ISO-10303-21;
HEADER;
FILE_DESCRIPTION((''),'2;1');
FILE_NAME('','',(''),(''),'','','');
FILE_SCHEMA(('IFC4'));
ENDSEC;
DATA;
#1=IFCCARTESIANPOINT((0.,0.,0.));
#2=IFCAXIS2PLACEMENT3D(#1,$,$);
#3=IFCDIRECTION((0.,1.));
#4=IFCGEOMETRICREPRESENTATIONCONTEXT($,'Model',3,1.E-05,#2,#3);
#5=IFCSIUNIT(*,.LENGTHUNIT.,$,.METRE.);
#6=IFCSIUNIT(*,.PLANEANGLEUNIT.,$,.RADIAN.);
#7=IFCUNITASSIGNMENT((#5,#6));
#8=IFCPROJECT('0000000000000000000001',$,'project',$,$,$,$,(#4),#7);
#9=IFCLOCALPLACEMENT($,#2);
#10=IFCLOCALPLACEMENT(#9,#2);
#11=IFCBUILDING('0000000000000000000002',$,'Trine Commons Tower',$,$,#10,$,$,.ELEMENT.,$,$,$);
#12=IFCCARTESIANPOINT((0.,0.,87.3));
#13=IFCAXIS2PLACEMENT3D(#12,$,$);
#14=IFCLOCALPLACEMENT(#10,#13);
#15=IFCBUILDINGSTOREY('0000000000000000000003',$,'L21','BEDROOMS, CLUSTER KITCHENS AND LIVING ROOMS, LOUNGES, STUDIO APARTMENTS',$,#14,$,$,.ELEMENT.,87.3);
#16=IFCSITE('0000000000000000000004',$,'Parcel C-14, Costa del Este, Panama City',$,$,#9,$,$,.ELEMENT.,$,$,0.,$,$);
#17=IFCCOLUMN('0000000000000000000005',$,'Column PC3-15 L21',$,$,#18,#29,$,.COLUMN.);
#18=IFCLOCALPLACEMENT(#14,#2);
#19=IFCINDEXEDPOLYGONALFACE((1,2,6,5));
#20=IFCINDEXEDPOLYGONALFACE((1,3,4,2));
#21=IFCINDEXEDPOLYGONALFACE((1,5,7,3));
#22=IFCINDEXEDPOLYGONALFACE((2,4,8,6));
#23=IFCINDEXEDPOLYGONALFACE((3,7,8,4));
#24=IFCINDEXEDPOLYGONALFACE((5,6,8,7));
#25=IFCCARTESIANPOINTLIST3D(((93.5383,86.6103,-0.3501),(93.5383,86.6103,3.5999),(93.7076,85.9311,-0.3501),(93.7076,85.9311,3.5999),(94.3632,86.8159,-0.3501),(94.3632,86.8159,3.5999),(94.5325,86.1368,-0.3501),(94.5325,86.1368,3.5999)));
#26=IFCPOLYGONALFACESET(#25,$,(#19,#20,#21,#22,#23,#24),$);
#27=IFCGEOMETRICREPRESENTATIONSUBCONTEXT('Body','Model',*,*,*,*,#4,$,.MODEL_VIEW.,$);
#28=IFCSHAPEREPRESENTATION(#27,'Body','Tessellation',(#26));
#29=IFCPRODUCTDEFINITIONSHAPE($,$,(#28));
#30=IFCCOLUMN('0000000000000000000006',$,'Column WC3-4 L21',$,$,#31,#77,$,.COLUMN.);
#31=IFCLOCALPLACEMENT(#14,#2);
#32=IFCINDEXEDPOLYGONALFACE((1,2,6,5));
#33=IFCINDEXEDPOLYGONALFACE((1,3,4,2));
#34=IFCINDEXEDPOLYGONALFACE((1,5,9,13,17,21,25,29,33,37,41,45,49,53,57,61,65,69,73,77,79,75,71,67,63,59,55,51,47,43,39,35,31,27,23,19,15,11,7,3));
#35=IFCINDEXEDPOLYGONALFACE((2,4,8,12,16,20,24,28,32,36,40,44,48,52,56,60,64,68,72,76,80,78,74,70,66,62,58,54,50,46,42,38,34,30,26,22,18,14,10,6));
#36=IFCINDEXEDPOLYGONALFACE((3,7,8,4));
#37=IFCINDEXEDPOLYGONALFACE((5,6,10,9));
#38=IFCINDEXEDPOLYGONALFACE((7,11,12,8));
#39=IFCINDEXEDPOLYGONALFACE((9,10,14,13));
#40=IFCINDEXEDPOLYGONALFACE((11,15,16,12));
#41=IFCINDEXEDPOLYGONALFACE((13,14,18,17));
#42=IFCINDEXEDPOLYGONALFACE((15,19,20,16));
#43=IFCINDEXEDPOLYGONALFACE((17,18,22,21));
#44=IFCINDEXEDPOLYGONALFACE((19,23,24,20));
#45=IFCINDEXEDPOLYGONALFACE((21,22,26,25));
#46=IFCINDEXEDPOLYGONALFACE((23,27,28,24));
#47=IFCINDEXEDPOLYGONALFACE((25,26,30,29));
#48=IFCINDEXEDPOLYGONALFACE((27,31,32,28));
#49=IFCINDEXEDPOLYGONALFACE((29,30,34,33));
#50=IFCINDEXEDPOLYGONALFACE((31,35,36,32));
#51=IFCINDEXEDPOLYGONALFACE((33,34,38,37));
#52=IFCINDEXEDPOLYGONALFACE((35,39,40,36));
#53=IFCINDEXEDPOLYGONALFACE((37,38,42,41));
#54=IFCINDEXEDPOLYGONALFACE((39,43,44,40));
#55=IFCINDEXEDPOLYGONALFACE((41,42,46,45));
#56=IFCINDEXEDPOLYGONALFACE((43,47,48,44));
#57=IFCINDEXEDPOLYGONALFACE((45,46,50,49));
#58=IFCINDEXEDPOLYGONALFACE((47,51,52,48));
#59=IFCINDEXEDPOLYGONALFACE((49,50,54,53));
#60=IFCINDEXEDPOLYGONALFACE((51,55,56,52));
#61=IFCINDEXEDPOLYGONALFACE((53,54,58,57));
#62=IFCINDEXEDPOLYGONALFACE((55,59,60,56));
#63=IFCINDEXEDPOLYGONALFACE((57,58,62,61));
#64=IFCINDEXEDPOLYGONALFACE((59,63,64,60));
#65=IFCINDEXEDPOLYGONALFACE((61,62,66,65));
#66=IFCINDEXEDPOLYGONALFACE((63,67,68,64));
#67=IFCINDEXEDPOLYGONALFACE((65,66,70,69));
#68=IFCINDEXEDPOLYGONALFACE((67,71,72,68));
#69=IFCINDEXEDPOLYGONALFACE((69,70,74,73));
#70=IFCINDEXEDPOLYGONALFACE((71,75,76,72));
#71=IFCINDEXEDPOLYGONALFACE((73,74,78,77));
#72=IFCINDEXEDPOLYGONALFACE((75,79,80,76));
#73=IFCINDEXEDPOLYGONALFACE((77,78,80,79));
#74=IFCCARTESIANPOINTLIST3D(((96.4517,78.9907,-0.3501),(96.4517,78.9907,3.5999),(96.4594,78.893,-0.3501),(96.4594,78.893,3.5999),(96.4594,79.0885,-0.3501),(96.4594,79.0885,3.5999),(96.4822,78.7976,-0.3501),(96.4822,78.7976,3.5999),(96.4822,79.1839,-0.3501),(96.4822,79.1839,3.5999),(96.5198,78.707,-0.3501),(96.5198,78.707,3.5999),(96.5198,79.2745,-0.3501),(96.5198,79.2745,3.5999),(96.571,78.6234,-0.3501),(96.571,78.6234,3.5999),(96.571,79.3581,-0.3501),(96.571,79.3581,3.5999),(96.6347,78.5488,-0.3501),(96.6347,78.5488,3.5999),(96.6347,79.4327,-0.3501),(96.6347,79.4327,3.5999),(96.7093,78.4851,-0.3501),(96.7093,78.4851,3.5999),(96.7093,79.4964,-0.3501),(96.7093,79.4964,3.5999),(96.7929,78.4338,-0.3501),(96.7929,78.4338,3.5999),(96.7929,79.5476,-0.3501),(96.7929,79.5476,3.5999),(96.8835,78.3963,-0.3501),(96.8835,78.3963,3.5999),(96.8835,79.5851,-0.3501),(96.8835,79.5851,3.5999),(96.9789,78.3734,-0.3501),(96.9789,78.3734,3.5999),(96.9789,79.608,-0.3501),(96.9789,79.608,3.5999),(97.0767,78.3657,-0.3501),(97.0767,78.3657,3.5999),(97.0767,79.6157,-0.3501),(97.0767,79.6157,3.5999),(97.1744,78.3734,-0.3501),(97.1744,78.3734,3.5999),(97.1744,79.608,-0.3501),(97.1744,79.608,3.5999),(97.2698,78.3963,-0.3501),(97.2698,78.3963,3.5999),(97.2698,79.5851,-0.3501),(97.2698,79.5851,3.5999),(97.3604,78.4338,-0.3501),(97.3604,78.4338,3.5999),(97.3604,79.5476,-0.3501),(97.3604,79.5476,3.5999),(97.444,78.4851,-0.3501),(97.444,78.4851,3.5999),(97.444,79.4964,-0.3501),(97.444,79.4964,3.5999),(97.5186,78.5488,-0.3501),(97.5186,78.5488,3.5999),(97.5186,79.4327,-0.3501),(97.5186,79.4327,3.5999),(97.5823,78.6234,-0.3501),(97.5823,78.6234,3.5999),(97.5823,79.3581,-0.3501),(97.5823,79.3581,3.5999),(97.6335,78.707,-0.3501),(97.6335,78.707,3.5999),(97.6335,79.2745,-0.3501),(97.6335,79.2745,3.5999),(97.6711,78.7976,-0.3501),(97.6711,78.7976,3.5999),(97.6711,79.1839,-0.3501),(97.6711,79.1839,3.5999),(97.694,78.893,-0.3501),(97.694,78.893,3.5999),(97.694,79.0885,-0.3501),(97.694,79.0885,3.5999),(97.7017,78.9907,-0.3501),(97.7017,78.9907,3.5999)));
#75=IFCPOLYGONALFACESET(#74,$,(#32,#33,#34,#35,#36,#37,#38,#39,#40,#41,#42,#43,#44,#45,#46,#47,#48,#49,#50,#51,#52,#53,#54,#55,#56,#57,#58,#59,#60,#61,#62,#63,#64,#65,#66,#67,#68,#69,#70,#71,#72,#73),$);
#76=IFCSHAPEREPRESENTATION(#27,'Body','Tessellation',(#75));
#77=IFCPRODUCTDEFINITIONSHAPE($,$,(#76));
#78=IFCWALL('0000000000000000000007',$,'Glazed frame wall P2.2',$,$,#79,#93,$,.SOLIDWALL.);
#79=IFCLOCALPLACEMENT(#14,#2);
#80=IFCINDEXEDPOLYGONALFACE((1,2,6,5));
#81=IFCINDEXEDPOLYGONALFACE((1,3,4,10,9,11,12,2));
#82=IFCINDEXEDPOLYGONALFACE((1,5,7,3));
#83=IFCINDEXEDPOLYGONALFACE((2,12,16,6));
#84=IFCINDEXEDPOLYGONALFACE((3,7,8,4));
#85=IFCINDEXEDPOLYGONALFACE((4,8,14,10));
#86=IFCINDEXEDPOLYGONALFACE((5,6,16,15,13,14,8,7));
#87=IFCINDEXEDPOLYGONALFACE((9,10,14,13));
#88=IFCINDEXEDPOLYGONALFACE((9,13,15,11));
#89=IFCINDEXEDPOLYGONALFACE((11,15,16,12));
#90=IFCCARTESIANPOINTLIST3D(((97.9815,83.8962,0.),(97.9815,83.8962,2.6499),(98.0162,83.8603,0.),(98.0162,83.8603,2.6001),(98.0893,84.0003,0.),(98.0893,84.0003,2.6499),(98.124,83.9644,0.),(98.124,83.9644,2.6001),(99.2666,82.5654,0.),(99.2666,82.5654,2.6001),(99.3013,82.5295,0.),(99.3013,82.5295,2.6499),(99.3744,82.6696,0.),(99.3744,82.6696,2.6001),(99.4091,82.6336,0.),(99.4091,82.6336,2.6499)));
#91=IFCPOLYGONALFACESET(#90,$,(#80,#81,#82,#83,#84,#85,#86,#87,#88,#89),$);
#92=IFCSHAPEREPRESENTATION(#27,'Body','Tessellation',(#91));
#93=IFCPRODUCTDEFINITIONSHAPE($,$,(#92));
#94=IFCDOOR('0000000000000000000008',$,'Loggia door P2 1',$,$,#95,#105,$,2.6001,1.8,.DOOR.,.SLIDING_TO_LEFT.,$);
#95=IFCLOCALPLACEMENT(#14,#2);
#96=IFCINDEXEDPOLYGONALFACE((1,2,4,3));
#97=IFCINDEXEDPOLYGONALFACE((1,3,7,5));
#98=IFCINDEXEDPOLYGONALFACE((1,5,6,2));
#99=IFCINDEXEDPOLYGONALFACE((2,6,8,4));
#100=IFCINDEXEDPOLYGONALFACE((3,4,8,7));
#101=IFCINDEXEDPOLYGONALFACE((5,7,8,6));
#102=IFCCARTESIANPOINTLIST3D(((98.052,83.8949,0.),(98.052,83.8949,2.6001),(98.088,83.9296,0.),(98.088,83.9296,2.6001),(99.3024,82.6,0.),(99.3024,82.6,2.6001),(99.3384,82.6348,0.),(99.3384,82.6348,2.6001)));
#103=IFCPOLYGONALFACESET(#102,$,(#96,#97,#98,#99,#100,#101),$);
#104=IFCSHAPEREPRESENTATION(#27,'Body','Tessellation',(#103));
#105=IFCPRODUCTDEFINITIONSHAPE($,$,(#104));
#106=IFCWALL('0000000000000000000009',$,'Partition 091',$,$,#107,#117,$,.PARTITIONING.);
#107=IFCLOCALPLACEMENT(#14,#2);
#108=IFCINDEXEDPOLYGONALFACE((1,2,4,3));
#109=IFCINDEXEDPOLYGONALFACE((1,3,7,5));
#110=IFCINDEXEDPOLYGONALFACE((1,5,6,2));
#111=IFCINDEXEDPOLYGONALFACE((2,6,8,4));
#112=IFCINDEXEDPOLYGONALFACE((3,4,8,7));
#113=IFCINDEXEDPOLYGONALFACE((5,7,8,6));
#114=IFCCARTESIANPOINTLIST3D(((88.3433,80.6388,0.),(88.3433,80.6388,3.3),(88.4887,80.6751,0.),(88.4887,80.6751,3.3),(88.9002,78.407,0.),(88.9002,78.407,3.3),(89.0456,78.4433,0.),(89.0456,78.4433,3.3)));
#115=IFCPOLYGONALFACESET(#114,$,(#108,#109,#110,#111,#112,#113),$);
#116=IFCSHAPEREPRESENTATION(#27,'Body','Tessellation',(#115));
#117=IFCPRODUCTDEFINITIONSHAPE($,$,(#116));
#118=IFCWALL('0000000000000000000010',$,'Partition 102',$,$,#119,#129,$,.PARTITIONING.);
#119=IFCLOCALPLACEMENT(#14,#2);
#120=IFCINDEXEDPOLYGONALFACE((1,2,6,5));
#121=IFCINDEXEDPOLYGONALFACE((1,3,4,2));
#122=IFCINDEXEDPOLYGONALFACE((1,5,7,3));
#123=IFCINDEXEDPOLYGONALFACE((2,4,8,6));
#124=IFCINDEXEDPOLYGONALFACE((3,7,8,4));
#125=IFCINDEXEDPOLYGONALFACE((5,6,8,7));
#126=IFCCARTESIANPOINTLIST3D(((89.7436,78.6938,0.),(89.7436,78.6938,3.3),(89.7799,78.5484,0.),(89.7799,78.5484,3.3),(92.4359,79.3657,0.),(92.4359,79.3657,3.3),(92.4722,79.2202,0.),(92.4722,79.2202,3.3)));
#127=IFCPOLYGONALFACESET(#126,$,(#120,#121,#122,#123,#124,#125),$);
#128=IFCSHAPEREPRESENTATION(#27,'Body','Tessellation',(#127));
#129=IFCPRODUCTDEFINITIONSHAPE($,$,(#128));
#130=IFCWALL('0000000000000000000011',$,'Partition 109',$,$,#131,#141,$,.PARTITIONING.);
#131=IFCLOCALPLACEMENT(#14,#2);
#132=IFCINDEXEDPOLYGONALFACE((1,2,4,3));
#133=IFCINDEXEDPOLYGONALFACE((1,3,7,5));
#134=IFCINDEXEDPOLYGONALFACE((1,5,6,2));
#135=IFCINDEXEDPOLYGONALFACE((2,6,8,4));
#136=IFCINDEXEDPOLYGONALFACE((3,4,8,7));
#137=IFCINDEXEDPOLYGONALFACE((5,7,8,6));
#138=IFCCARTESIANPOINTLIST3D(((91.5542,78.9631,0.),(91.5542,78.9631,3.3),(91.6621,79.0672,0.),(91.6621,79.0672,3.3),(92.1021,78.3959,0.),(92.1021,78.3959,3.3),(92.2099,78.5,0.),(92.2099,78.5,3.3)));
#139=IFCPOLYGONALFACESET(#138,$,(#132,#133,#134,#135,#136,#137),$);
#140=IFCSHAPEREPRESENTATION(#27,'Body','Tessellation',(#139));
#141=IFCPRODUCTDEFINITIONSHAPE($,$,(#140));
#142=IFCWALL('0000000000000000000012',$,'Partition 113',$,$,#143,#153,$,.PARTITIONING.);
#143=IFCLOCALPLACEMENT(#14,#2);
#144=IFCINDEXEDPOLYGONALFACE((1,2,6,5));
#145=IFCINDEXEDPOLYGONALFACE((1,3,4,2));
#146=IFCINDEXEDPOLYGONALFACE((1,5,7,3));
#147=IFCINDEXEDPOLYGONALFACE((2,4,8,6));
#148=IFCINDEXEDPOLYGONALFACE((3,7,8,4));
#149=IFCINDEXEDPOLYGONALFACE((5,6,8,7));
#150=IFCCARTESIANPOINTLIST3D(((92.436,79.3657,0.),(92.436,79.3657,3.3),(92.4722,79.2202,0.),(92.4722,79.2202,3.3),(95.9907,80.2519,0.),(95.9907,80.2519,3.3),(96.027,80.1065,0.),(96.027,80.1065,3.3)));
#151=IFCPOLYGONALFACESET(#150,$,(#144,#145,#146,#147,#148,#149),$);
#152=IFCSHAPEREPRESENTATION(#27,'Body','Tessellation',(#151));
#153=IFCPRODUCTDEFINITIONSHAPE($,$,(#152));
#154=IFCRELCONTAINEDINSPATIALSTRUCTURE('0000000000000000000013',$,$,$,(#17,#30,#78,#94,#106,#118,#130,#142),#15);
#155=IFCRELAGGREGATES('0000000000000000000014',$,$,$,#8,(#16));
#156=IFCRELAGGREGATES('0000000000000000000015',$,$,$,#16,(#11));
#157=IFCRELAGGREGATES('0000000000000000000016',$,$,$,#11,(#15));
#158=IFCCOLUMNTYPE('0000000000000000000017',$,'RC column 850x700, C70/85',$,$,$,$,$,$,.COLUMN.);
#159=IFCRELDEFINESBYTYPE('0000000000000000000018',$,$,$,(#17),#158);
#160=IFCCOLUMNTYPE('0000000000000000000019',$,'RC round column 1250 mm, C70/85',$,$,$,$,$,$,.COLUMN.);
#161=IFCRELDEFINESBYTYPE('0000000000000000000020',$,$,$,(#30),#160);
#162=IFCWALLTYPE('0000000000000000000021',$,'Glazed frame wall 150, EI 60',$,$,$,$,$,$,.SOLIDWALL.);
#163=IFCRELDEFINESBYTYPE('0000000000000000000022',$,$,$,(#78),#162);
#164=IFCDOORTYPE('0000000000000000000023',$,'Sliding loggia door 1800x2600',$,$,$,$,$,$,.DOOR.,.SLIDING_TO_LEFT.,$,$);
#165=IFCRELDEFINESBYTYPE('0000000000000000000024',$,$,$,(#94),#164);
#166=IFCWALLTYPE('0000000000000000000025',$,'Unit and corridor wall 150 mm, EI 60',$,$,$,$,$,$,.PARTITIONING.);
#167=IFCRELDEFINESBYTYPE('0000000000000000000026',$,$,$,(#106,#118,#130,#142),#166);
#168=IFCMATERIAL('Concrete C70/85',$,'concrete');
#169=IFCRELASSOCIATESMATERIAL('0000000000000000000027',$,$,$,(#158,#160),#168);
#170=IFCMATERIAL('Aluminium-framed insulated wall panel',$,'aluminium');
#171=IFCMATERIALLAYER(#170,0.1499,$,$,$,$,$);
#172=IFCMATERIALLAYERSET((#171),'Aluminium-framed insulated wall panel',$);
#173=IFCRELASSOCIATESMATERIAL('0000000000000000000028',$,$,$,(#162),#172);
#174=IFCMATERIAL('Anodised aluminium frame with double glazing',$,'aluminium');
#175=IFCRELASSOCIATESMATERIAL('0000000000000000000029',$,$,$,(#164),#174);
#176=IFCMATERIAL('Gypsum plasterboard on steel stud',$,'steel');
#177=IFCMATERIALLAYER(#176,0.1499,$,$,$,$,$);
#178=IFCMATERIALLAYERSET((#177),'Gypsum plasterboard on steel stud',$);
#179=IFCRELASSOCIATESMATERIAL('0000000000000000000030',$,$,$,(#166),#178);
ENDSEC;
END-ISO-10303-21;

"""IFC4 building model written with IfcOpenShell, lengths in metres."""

from ifc_helpers import new_model, si_unit, direction, frame, frame_2d, origin, origin_2d, place, context, subcontext, project, spatial, polyline, rectangle, circle, outline, extrude, material, layer, layer_set, material_profile, profile_set, type_object, element, fill, save


model = new_model("IFC4")

# Units and contexts
model_context = context("Model", 3, precision=1e-05, world=origin(), true_north=direction((0.0, 1.0)))
body_context = subcontext(model_context, "Body", "Model", "MODEL_VIEW")
ifc_project = project(units=[si_unit("LENGTHUNIT", "METRE"), si_unit("PLANEANGLEUNIT", "RADIAN")], contexts=[model_context])

# Site, building, storey
site_placement = place(None, origin())
site = spatial("IfcSite", under=ifc_project, at=site_placement, Name="Parcel C-14, Costa del Este, Panama City", CompositionType="ELEMENT", RefElevation=0.0)
building_placement = place(site_placement, origin())
building = spatial("IfcBuilding", under=site, at=building_placement, Name="Trine Commons Tower", CompositionType="ELEMENT")
storey_placement = place(building_placement, frame((0.0, 0.0, 87.3)))
storey = spatial("IfcBuildingStorey", under=building, at=storey_placement, Name="L21", Description="BEDROOMS, CLUSTER KITCHENS AND LIVING ROOMS, LOUNGES, STUDIO APARTMENTS", CompositionType="ELEMENT", Elevation=87.3)

# Columns
ifc_material_1 = material(Name="Concrete C70/85", Category="concrete")
ifc_material_profile_1 = material_profile(ifc_material_1, rectangle(XDim=0.8501, YDim=0.7, at=origin_2d()), Name="RC 850x700")
ifc_profile_set_1 = profile_set([ifc_material_profile_1], Name="Concrete C70/85")
column_type_1 = type_object("IfcColumnType", Name="RC column 850x700, C70/85", PredefinedType="COLUMN", material=ifc_profile_set_1)
column_1_placement = place(storey_placement, frame((94.0354, 86.3735, -0.3501), z_axis=(0.0, 0.0, 1.0), x_axis=(0.970296, 0.241922, 0.0)))
element("IfcColumn", 1, at=column_1_placement, inside=storey, type_object=column_type_1, Name="Column PC3-15 L21", PredefinedType="COLUMN", context=body_context, shape_type="SweptSolid", body=[
    extrude(rectangle(XDim=0.8501, YDim=0.7, at=origin_2d()), origin(), (0.0, 0.0, 1.0), 3.95),
])
ifc_material_profile_2 = material_profile(ifc_material_1, circle(Radius=0.625, at=origin_2d()), Name="RC round 1250")
ifc_profile_set_2 = profile_set([ifc_material_profile_2], Name="Concrete C70/85")
column_type_2 = type_object("IfcColumnType", Name="RC round column 1250 mm, C70/85", PredefinedType="COLUMN", material=ifc_profile_set_2)
column_2_placement = place(storey_placement, frame((97.0767, 78.9907, -0.3501), z_axis=(0.0, 0.0, 1.0), x_axis=(1.0, 0.0, 0.0)))
element("IfcColumn", 2, at=column_2_placement, inside=storey, type_object=column_type_2, Name="Column WC3-4 L21", PredefinedType="COLUMN", context=body_context, shape_type="SweptSolid", body=[
    extrude(circle(Radius=0.625, at=origin_2d()), origin(), (0.0, 0.0, 1.0), 3.95),
])

# Shared definitions
ifc_material_2 = material(Name="Aluminium-framed insulated wall panel", Category="aluminium")
ifc_layer_1 = layer(ifc_material_2, 0.1499)
ifc_layer_set_1 = layer_set([ifc_layer_1], Name="Aluminium-framed insulated wall panel")
wall_type_1 = type_object("IfcWallType", Name="Glazed frame wall 150, EI 60", PredefinedType="SOLIDWALL", material=ifc_layer_set_1)

# Wall, opening, door
wall_1_placement = place(storey_placement, frame((98.0354, 83.9482, 0.0), z_axis=(0.0, 0.0, 1.0), x_axis=(0.694666, -0.719333, 0.0)))
wall_1 = element("IfcWall", 3, at=wall_1_placement, inside=storey, type_object=wall_type_1, Name="Glazed frame wall P2.2", PredefinedType="SOLIDWALL", context=body_context, shape_type="SweptSolid", body=[
    extrude(outline(polyline([(0.0, -0.075), (1.8999, -0.075), (1.8999, 0.075), (0.0, 0.075), (0.0, -0.075)])), origin(), (0.0, 0.0, 1.0), 2.6499),
])
opening_1_placement = place(wall_1_placement, frame((0.05, 0.0, 0.0)))
opening_1 = element("IfcOpeningElement", 4, at=opening_1_placement, cuts=wall_1, PredefinedType="OPENING", context=body_context, shape_type="SweptSolid", body=[
    extrude(rectangle(XDim=1.8, YDim=2.6001, at=frame_2d((0.8999, 1.3))), frame((0.0, 0.085, 0.0), z_axis=(0.0, -1.0, 0.0), x_axis=(1.0, 0.0, 0.0)), (0.0, 0.0, 1.0), 0.1699),
])
ifc_material_3 = material(Name="Anodised aluminium frame with double glazing", Category="aluminium")
door_type_1 = type_object("IfcDoorType", Name="Sliding loggia door 1800x2600", OperationType="SLIDING_TO_LEFT", PredefinedType="DOOR", material=ifc_material_3)
door_1_placement = place(opening_1_placement, origin())
door_1 = element("IfcDoor", 5, at=door_1_placement, inside=storey, type_object=door_type_1, Name="Loggia door P2 1", OperationType="SLIDING_TO_LEFT", OverallHeight=2.6001, OverallWidth=1.8, PredefinedType="DOOR", context=body_context, shape_type="SweptSolid", body=[
    extrude(rectangle(XDim=1.8, YDim=2.6001, at=frame_2d((0.8999, 1.3))), frame((0.0, 0.0249, 0.0), z_axis=(0.0, -1.0, 0.0), x_axis=(1.0, 0.0, 0.0)), (0.0, 0.0, 1.0), 0.05),
])
fill(opening_1, door_1)

# Walls
ifc_material_4 = material(Name="Gypsum plasterboard on steel stud", Category="steel")
ifc_layer_2 = layer(ifc_material_4, 0.1499)
ifc_layer_set_2 = layer_set([ifc_layer_2], Name="Gypsum plasterboard on steel stud")
wall_type_2 = type_object("IfcWallType", Name="Unit and corridor wall 150 mm, EI 60", PredefinedType="PARTITIONING", material=ifc_layer_set_2)
wall_2_placement = place(storey_placement, frame((88.416, 80.657, 0.0), z_axis=(0.0, 0.0, 1.0), x_axis=(0.242086, -0.970255, 0.0)))
element("IfcWall", 6, at=wall_2_placement, inside=storey, type_object=wall_type_2, Name="Partition 091", PredefinedType="PARTITIONING", context=body_context, shape_type="SweptSolid", body=[
    extrude(rectangle(XDim=2.3003, YDim=0.1499, at=frame_2d((1.1501, 0.0))), origin(), (0.0, 0.0, 1.0), 3.3),
])
wall_3_placement = place(storey_placement, frame((89.7617, 78.6211, 0.0), z_axis=(0.0, 0.0, 1.0), x_axis=(0.970246, 0.242122, 0.0)))
element("IfcWall", 7, at=wall_3_placement, inside=storey, type_object=wall_type_2, Name="Partition 102", PredefinedType="PARTITIONING", context=body_context, shape_type="SweptSolid", body=[
    extrude(rectangle(XDim=2.7749, YDim=0.1499, at=frame_2d((1.3875, 0.0))), origin(), (0.0, 0.0, 1.0), 3.3),
])
wall_4_placement = place(storey_placement, frame((91.6082, 79.0151, 0.0), z_axis=(0.0, 0.0, 1.0), x_axis=(0.694771, -0.719231, 0.0)))
element("IfcWall", 8, at=wall_4_placement, inside=storey, type_object=wall_type_2, Name="Partition 109", PredefinedType="PARTITIONING", context=body_context, shape_type="SweptSolid", body=[
    extrude(rectangle(XDim=0.7886, YDim=0.1499, at=frame_2d((0.3943, 0.0))), origin(), (0.0, 0.0, 1.0), 3.3),
])
wall_5_placement = place(storey_placement, frame((92.4541, 79.293, 0.0), z_axis=(0.0, 0.0, 1.0), x_axis=(0.970299, 0.241908, 0.0)))
element("IfcWall", 9, at=wall_5_placement, inside=storey, type_object=wall_type_2, Name="Partition 113", PredefinedType="PARTITIONING", context=body_context, shape_type="SweptSolid", body=[
    extrude(rectangle(XDim=3.6636, YDim=0.1499, at=frame_2d((1.8318, 0.0))), origin(), (0.0, 0.0, 1.0), 3.3),
])

save(model, "model.ifc")
